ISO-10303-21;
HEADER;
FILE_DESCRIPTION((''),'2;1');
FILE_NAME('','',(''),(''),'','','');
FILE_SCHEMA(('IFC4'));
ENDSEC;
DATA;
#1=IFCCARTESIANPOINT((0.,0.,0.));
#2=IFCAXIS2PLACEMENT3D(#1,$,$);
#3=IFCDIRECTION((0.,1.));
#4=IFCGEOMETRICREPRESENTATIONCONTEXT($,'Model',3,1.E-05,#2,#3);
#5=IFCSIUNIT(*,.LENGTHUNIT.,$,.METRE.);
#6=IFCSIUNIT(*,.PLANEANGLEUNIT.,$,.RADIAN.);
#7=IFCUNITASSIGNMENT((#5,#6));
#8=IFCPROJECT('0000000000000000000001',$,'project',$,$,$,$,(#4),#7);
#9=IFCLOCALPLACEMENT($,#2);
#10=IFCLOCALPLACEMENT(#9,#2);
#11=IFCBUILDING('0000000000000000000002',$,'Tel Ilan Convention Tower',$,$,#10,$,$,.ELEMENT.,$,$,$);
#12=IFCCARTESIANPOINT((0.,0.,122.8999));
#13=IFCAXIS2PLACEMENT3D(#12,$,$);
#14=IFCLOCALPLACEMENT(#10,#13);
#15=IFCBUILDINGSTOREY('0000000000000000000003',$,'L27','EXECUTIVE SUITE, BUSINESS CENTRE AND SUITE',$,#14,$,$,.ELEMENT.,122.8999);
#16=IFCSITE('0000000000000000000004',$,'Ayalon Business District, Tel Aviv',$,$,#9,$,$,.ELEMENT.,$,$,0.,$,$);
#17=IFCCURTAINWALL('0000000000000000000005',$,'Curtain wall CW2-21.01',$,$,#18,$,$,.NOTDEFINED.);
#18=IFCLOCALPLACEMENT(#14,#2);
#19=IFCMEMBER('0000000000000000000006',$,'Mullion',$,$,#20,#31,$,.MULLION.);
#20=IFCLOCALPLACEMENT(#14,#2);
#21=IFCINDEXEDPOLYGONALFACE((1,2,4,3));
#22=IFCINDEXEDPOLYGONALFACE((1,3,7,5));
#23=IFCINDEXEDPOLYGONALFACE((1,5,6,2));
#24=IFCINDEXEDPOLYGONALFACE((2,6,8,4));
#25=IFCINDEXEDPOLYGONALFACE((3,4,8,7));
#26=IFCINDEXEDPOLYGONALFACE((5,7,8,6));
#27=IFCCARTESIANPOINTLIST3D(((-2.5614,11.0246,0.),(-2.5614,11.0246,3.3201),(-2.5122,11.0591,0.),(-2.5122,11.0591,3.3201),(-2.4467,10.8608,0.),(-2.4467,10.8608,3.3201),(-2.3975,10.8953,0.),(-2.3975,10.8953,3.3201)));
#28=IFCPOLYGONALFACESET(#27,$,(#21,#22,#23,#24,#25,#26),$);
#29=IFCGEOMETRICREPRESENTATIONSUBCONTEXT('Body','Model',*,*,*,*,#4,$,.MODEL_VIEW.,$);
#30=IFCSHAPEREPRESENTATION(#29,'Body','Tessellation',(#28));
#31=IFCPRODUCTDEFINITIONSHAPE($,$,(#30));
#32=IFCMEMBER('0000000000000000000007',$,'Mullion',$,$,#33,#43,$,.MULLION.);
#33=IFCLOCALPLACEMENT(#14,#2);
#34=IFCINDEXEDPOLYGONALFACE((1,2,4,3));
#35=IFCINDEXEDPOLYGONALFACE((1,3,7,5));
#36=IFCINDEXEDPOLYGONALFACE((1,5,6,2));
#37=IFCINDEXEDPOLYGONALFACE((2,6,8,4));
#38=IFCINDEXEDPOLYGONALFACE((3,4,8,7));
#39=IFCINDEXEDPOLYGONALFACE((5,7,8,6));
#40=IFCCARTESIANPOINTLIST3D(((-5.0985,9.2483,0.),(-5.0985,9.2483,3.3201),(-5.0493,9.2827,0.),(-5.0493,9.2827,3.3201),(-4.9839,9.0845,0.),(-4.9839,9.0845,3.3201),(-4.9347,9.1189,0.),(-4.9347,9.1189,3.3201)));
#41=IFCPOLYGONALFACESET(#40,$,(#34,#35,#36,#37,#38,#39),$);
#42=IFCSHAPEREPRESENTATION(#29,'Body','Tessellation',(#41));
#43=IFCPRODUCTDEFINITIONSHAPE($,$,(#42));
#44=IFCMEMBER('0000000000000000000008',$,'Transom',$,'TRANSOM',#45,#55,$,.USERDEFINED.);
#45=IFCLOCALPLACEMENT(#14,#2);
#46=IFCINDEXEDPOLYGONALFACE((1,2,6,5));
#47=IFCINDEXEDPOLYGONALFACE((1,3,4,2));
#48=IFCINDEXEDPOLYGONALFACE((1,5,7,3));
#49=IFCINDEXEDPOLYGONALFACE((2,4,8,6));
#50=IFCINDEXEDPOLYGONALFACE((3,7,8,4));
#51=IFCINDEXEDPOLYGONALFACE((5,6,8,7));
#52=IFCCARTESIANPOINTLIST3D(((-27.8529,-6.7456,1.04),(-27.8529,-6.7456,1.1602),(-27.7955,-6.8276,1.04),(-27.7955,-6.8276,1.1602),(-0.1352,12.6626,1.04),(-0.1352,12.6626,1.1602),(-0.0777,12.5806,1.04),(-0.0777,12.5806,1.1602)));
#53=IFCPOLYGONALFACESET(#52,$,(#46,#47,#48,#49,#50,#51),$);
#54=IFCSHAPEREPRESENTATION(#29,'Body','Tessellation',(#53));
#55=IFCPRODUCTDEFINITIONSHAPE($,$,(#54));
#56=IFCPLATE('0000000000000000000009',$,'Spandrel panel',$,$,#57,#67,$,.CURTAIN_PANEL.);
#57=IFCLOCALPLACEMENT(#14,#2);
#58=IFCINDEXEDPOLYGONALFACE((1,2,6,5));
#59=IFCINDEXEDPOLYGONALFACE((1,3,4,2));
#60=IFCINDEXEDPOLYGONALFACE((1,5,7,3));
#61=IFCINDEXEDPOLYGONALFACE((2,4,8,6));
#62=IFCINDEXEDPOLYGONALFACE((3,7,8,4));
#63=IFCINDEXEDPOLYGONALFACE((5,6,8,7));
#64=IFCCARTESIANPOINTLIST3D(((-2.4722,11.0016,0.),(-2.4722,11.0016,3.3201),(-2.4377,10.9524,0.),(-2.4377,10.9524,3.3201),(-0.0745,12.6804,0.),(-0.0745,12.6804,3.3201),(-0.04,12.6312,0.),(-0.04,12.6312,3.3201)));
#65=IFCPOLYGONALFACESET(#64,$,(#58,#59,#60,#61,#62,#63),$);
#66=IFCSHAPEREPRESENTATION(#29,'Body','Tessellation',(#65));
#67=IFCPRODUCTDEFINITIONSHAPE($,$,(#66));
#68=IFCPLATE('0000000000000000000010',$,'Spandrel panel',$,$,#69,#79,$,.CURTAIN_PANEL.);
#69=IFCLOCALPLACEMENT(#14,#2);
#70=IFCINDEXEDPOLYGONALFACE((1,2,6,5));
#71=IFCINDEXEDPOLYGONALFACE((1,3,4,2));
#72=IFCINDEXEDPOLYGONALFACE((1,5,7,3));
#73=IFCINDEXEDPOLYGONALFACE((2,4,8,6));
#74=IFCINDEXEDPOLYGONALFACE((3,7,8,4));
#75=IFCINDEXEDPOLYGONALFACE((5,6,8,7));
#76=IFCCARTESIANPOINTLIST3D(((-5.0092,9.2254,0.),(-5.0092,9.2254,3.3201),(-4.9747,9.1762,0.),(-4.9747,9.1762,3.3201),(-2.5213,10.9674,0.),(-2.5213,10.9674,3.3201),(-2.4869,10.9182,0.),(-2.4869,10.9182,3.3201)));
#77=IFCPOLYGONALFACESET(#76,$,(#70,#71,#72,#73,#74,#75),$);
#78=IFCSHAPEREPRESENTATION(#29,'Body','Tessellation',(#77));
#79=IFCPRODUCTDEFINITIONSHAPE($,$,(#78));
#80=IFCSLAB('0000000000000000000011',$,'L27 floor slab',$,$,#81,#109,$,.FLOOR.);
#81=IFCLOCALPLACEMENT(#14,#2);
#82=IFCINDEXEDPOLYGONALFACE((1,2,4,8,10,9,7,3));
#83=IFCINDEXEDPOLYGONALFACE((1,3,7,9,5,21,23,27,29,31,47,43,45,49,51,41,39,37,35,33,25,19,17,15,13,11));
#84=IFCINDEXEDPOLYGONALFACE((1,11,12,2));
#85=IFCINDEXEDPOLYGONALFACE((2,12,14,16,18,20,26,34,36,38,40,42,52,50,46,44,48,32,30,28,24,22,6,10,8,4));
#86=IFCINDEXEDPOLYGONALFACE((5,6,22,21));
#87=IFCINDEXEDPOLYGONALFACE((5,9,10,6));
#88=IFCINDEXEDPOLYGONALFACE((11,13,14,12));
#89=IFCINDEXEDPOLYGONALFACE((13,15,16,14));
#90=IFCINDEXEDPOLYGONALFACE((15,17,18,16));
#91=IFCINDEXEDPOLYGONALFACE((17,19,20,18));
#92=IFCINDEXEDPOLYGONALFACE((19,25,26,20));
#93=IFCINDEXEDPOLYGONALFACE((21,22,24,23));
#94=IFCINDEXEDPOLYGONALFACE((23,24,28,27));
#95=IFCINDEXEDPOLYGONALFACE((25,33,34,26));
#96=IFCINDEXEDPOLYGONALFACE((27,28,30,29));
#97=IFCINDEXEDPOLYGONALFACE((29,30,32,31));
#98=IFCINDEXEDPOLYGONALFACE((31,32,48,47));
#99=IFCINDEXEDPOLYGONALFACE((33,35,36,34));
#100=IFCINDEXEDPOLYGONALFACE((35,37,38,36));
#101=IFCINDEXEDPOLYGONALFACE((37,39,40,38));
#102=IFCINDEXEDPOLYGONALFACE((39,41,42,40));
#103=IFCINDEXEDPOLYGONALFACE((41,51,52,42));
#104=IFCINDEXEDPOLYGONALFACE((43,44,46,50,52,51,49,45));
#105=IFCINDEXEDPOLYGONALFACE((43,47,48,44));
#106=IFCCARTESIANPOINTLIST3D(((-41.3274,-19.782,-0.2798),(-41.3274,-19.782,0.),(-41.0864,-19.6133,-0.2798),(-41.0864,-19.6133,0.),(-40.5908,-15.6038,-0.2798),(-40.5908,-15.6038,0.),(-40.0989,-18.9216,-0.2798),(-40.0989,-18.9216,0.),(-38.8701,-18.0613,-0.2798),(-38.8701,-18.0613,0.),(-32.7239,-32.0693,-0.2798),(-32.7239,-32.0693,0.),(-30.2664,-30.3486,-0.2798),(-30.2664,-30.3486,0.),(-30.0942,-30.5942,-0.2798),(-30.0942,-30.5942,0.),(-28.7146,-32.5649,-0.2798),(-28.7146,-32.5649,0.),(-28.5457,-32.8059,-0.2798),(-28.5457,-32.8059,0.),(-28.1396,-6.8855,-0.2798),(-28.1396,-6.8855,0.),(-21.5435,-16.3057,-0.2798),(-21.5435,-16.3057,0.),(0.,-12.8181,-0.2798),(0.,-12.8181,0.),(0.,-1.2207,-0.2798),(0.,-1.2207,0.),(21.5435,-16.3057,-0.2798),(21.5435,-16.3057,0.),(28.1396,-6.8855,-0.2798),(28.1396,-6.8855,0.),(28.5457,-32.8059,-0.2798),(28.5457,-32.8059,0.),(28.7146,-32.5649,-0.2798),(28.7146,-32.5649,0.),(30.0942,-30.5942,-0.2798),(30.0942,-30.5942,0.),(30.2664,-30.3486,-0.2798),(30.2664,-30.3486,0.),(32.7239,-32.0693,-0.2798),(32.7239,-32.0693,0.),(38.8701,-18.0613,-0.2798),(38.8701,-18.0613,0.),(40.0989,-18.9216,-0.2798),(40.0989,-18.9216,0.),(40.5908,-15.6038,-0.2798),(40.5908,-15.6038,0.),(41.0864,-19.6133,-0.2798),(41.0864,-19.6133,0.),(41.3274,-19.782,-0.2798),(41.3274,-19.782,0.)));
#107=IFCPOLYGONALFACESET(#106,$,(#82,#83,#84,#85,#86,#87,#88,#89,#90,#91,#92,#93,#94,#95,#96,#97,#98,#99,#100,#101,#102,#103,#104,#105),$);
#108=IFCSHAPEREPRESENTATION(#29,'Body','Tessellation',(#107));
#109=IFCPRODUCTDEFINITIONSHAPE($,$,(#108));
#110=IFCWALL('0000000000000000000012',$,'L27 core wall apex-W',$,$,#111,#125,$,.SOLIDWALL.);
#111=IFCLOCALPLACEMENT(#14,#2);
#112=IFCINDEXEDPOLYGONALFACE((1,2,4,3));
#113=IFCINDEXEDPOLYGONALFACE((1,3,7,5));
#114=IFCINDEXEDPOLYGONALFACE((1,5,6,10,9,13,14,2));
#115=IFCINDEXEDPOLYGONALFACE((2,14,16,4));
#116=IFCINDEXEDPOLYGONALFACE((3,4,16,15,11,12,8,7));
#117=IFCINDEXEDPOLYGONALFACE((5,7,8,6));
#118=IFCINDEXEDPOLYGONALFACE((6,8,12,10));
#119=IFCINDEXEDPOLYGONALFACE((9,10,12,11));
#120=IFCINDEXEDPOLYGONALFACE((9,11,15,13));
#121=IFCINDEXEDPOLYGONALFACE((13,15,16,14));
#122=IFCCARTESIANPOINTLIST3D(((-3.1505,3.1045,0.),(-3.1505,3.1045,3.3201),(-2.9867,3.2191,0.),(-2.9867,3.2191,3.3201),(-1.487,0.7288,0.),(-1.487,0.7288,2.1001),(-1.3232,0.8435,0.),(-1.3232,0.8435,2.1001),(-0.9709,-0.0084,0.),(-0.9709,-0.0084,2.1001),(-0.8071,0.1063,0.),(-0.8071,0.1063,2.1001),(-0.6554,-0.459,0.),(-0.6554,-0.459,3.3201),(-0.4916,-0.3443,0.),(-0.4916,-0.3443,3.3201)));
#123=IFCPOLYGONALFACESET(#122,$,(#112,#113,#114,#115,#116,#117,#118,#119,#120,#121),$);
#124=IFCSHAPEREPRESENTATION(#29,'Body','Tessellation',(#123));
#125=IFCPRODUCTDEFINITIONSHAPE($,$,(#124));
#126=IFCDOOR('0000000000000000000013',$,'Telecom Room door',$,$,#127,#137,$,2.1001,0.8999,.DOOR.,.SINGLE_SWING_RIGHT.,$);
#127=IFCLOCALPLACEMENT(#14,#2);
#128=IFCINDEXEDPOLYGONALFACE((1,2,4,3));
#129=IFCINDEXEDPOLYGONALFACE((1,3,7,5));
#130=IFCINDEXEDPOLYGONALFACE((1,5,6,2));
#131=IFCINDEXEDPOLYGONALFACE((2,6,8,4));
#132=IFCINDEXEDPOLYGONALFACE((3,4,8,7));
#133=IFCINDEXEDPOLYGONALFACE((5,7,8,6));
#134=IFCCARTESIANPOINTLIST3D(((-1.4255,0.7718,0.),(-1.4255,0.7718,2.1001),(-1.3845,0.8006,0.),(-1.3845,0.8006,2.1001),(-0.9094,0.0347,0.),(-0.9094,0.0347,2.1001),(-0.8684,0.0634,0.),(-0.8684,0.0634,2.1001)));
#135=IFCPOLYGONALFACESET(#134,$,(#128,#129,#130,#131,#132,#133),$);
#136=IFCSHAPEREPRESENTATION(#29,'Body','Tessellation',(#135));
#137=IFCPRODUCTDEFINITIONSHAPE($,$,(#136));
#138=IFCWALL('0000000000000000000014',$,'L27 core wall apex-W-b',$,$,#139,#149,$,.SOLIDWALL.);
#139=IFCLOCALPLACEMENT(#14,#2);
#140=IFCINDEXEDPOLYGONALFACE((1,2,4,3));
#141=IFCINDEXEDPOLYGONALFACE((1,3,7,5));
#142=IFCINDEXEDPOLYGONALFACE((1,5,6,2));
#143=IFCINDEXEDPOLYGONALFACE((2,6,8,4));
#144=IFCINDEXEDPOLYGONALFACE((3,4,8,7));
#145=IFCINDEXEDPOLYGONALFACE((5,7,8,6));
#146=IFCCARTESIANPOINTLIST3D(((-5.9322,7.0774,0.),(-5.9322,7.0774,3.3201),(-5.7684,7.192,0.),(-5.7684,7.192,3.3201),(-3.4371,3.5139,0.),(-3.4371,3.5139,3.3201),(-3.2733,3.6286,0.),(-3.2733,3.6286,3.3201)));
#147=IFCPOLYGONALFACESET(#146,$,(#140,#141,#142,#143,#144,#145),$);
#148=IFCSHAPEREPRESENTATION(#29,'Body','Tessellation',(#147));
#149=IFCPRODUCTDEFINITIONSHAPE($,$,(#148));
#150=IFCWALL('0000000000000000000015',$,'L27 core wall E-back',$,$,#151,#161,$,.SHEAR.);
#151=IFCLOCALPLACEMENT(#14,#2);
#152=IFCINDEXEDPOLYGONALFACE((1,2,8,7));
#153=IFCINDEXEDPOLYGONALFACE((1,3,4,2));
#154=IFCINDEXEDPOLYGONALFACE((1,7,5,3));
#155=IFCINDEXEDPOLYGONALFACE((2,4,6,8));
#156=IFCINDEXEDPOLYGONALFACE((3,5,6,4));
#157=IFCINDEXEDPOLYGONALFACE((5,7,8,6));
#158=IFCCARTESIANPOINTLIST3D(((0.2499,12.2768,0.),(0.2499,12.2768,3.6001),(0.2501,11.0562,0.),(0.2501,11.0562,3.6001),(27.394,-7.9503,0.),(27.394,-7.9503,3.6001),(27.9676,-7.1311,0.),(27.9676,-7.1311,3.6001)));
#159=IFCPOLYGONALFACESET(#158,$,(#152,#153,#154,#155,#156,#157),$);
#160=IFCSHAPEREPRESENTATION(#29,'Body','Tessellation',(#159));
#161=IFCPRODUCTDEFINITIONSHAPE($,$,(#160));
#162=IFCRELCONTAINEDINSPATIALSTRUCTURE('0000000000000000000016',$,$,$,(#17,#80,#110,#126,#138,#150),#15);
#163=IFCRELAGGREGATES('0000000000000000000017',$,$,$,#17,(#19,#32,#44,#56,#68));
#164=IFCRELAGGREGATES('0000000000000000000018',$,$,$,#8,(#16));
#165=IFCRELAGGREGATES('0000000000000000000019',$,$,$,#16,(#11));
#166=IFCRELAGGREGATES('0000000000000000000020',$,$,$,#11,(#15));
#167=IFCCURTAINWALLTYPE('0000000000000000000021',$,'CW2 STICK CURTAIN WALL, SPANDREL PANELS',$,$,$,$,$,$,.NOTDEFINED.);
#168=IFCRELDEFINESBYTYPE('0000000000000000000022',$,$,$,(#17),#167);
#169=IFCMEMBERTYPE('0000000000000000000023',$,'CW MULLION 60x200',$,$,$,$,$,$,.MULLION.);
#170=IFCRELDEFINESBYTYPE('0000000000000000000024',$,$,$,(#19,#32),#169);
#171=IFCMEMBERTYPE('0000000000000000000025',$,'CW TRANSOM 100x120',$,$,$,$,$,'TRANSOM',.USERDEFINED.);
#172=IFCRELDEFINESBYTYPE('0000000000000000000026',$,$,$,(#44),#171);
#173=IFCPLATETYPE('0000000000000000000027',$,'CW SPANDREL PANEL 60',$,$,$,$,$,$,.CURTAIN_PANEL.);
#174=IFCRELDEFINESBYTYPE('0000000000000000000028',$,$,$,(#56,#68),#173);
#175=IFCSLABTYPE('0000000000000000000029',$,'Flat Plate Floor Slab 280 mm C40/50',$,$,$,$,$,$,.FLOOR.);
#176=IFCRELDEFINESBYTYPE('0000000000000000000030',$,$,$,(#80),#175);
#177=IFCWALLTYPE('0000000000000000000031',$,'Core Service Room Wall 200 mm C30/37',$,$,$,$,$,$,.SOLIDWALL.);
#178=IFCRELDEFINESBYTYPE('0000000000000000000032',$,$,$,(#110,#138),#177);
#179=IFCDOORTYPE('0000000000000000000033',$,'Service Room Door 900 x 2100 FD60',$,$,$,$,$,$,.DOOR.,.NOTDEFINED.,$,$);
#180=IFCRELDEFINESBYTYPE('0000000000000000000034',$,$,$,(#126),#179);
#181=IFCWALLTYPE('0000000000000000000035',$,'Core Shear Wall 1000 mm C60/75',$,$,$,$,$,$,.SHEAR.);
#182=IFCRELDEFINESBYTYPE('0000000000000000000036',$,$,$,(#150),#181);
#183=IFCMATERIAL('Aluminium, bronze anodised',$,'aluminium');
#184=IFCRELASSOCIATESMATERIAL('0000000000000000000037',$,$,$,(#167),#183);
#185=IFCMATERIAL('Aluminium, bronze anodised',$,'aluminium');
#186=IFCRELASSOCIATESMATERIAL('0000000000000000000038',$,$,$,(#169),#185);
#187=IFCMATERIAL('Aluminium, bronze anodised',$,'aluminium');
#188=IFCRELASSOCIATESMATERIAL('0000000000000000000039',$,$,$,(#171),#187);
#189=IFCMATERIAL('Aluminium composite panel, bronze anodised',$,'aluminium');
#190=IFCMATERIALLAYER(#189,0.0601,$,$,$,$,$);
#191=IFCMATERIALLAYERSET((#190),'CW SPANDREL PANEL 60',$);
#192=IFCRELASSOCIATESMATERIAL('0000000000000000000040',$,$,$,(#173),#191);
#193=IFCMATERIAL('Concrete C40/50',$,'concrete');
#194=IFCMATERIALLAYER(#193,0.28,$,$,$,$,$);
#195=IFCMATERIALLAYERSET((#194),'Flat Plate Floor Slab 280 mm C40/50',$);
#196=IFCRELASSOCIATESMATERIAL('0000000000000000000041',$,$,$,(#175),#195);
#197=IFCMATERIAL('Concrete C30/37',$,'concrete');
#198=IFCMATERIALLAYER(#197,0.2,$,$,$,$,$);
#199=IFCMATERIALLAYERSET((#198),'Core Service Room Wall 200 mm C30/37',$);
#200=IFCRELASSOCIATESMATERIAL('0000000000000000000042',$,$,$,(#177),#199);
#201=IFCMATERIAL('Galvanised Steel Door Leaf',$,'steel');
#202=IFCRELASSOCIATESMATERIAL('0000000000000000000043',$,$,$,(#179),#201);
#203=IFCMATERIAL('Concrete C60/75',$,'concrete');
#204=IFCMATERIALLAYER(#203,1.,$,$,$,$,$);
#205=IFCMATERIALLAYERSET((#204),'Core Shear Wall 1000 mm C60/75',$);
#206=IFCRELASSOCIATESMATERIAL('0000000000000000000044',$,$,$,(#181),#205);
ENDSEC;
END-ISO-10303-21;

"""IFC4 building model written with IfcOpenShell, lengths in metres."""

from ifc_helpers import new_model, si_unit, direction, frame, frame_2d, origin, origin_2d, place, context, subcontext, project, spatial, polyline, rectangle, outline, extrude, material, layer, layer_set, material_profile, profile_set, type_object, element, fill, aggregate, save


model = new_model("IFC4")

# Units and contexts
model_context = context("Model", 3, precision=1e-05, world=origin(), true_north=direction((0.0, 1.0)))
body_context = subcontext(model_context, "Body", "Model", "MODEL_VIEW")
ifc_project = project(units=[si_unit("LENGTHUNIT", "METRE"), si_unit("PLANEANGLEUNIT", "RADIAN")], contexts=[model_context])

# Site, building, storey
site_placement = place(None, origin())
site = spatial("IfcSite", under=ifc_project, at=site_placement, Name="Ayalon Business District, Tel Aviv", CompositionType="ELEMENT", RefElevation=0.0)
building_placement = place(site_placement, origin())
building = spatial("IfcBuilding", under=site, at=building_placement, Name="Tel Ilan Convention Tower", CompositionType="ELEMENT")
storey_placement = place(building_placement, frame((0.0, 0.0, 122.8999)))
storey = spatial("IfcBuildingStorey", under=building, at=storey_placement, Name="L27", Description="EXECUTIVE SUITE, BUSINESS CENTRE AND SUITE", CompositionType="ELEMENT", Elevation=122.8999)

# Curtain wall, members, plates
ifc_material_1 = material(Name="Aluminium, bronze anodised", Category="aluminium")
curtain_wall_type = type_object("IfcCurtainWallType", Name="CW2 STICK CURTAIN WALL, SPANDREL PANELS", PredefinedType="NOTDEFINED", material=ifc_material_1)
curtain_wall_placement = place(storey_placement, origin())
curtain_wall = element("IfcCurtainWall", 1, at=curtain_wall_placement, inside=storey, type_object=curtain_wall_type, Name="Curtain wall CW2-21.01", PredefinedType="NOTDEFINED")
ifc_material_2 = material(Name="Aluminium, bronze anodised", Category="aluminium")
ifc_material_profile_1 = material_profile(ifc_material_2, rectangle(XDim=0.0601, YDim=0.2, at=origin_2d()), Name="CW MULLION 60x200")
ifc_profile_set_1 = profile_set([ifc_material_profile_1], Name="Aluminium, bronze anodised")
member_type_1 = type_object("IfcMemberType", Name="CW MULLION 60x200", PredefinedType="MULLION", material=ifc_profile_set_1)
member_1_placement = place(storey_placement, frame((-2.4795, 10.96, 0.0), z_axis=(0.0, 0.0, 1.0), x_axis=(-0.819152, -0.573576, 0.0)))
member_1 = element("IfcMember", 2, at=member_1_placement, type_object=member_type_1, Name="Mullion", PredefinedType="MULLION", context=body_context, shape_type="SweptSolid", body=[
    extrude(rectangle(XDim=0.0601, YDim=0.2, at=origin_2d()), origin(), (0.0, 0.0, 1.0), 3.3201),
])
member_2_placement = place(storey_placement, frame((-5.0166, 9.1836, 0.0), z_axis=(0.0, 0.0, 1.0), x_axis=(-0.819152, -0.573576, 0.0)))
member_2 = element("IfcMember", 3, at=member_2_placement, type_object=member_type_1, Name="Mullion", PredefinedType="MULLION", context=body_context, shape_type="SweptSolid", body=[
    extrude(rectangle(XDim=0.0601, YDim=0.2, at=origin_2d()), origin(), (0.0, 0.0, 1.0), 3.3201),
])
ifc_material_3 = material(Name="Aluminium, bronze anodised", Category="aluminium")
ifc_material_profile_2 = material_profile(ifc_material_3, rectangle(XDim=0.1001, YDim=0.1201, at=origin_2d()), Name="CW TRANSOM 100x120")
ifc_profile_set_2 = profile_set([ifc_material_profile_2], Name="Aluminium, bronze anodised")
member_type_2 = type_object("IfcMemberType", Name="CW TRANSOM 100x120", ElementType="TRANSOM", PredefinedType="USERDEFINED", material=ifc_profile_set_2)
member_3_placement = place(storey_placement, frame((-0.1064, 12.6216, 1.1001), z_axis=(-0.819152, -0.573577, 0.0), x_axis=(0.573577, -0.819152, 0.0)))
member_3 = element("IfcMember", 4, at=member_3_placement, type_object=member_type_2, Name="Transom", ObjectType="TRANSOM", PredefinedType="USERDEFINED", context=body_context, shape_type="SweptSolid", body=[
    extrude(rectangle(XDim=0.1001, YDim=0.1201, at=origin_2d()), origin(), (0.0, 0.0, 1.0), 33.8372),
])
ifc_material_4 = material(Name="Aluminium composite panel, bronze anodised", Category="aluminium")
ifc_layer_1 = layer(ifc_material_4, 0.0601)
ifc_layer_set_1 = layer_set([ifc_layer_1], Name="CW SPANDREL PANEL 60")
plate_type = type_object("IfcPlateType", Name="CW SPANDREL PANEL 60", PredefinedType="CURTAIN_PANEL", material=ifc_layer_set_1)
plate_1_placement = place(storey_placement, frame((-1.2561, 11.8164, 0.0), z_axis=(0.0, 0.0, 1.0), x_axis=(-0.819152, -0.573576, 0.0)))
plate_1 = element("IfcPlate", 5, at=plate_1_placement, type_object=plate_type, Name="Spandrel panel", PredefinedType="CURTAIN_PANEL", context=body_context, shape_type="SweptSolid", body=[
    extrude(rectangle(XDim=2.927, YDim=0.0601, at=origin_2d()), origin(), (0.0, 0.0, 1.0), 3.3201),
])
plate_2_placement = place(storey_placement, frame((-3.748, 10.0718, 0.0), z_axis=(0.0, 0.0, 1.0), x_axis=(-0.819152, -0.573576, 0.0)))
plate_2 = element("IfcPlate", 6, at=plate_2_placement, type_object=plate_type, Name="Spandrel panel", PredefinedType="CURTAIN_PANEL", context=body_context, shape_type="SweptSolid", body=[
    extrude(rectangle(XDim=3.0371, YDim=0.0601, at=origin_2d()), origin(), (0.0, 0.0, 1.0), 3.3201),
])
aggregate(curtain_wall, [member_1, member_2, member_3, plate_1, plate_2])

# Slab
ifc_material_5 = material(Name="Concrete C40/50", Category="concrete")
ifc_layer_2 = layer(ifc_material_5, 0.28)
ifc_layer_set_2 = layer_set([ifc_layer_2], Name="Flat Plate Floor Slab 280 mm C40/50")
slab_type_1 = type_object("IfcSlabType", Name="Flat Plate Floor Slab 280 mm C40/50", PredefinedType="FLOOR", material=ifc_layer_set_2)
slab_1_placement = place(storey_placement, frame((0.0, 0.0, -0.2798)))
element("IfcSlab", 7, at=slab_1_placement, inside=storey, type_object=slab_type_1, Name="L27 floor slab", PredefinedType="FLOOR", context=body_context, shape_type="SweptSolid", body=[
    extrude(outline(polyline([(41.0864, -19.6133), (41.3274, -19.782), (32.7239, -32.0693), (30.2664, -30.3486), (30.0942, -30.5942), (28.7146, -32.5649), (28.5457, -32.8059), (0.0, -12.8181), (-28.5457, -32.8059), (-28.7146, -32.5649), (-30.0942, -30.5942), (-30.2664, -30.3486), (-32.7239, -32.0693), (-41.3274, -19.782), (-41.0864, -19.6133), (-40.0989, -18.9216), (-38.8701, -18.0613), (-40.5908, -15.6038), (-28.1396, -6.8855), (-21.5435, -16.3057), (0.0, -1.2207), (21.5435, -16.3057), (28.1396, -6.8855), (40.5908, -15.6038), (38.8701, -18.0613), (40.0989, -18.9216), (41.0864, -19.6133)])), origin(), (0.0, 0.0, 1.0), 0.2798),
])

# Wall, opening, door
ifc_material_6 = material(Name="Concrete C30/37", Category="concrete")
ifc_layer_3 = layer(ifc_material_6, 0.2)
ifc_layer_set_3 = layer_set([ifc_layer_3], Name="Core Service Room Wall 200 mm C30/37")
wall_type_1 = type_object("IfcWallType", Name="Core Service Room Wall 200 mm C30/37", PredefinedType="SOLIDWALL", material=ifc_layer_set_3)
wall_1_placement = place(storey_placement, frame((-0.5735, -0.4016, 0.0), z_axis=(0.0, 0.0, 1.0), x_axis=(-0.573568, 0.819158, 0.0)))
wall_1 = element("IfcWall", 8, at=wall_1_placement, inside=storey, type_object=wall_type_1, Name="L27 core wall apex-W", PredefinedType="SOLIDWALL", context=body_context, shape_type="SweptSolid", body=[
    extrude(rectangle(XDim=4.3501, YDim=0.2, at=frame_2d((2.175, 0.0))), origin(), (0.0, 0.0, 1.0), 3.3201),
])
opening_1_placement = place(wall_1_placement, frame((0.55, 0.0, 0.0)))
opening_1 = element("IfcOpeningElement", 9, at=opening_1_placement, cuts=wall_1, PredefinedType="OPENING", context=body_context, shape_type="SweptSolid", body=[
    extrude(rectangle(XDim=0.8999, YDim=2.1001, at=frame_2d((0.45, 1.05))), frame((0.0, 0.1099, 0.0), z_axis=(0.0, -1.0, 0.0), x_axis=(1.0, 0.0, 0.0)), (0.0, 0.0, 1.0), 0.22),
])
ifc_material_7 = material(Name="Galvanised Steel Door Leaf", Category="steel")
door_type_1 = type_object("IfcDoorType", Name="Service Room Door 900 x 2100 FD60", OperationType="NOTDEFINED", PredefinedType="DOOR", material=ifc_material_7)
door_1_placement = place(opening_1_placement, origin())
door_1 = element("IfcDoor", 10, at=door_1_placement, inside=storey, type_object=door_type_1, Name="Telecom Room door", OperationType="SINGLE_SWING_RIGHT", OverallHeight=2.1001, OverallWidth=0.8999, PredefinedType="DOOR", context=body_context, shape_type="SweptSolid", body=[
    extrude(rectangle(XDim=0.8999, YDim=2.1001, at=frame_2d((0.45, 1.05))), frame((0.0, 0.0249, 0.0), z_axis=(0.0, -1.0, 0.0), x_axis=(1.0, 0.0, 0.0)), (0.0, 0.0, 1.0), 0.05),
])
fill(opening_1, door_1)

# Walls
wall_2_placement = place(storey_placement, frame((-3.3552, 3.5713, 0.0), z_axis=(0.0, 0.0, 1.0), x_axis=(-0.573568, 0.819158, 0.0)))
element("IfcWall", 11, at=wall_2_placement, inside=storey, type_object=wall_type_1, Name="L27 core wall apex-W-b", PredefinedType="SOLIDWALL", context=body_context, shape_type="SweptSolid", body=[
    extrude(rectangle(XDim=4.3501, YDim=0.2, at=frame_2d((2.175, 0.0))), origin(), (0.0, 0.0, 1.0), 3.3201),
])
ifc_material_8 = material(Name="Concrete C60/75", Category="concrete")
ifc_layer_4 = layer(ifc_material_8, 1.0)
ifc_layer_set_4 = layer_set([ifc_layer_4], Name="Core Shear Wall 1000 mm C60/75")
wall_type_2 = type_object("IfcWallType", Name="Core Shear Wall 1000 mm C60/75", PredefinedType="SHEAR", material=ifc_layer_set_4)
wall_3_placement = place(storey_placement, frame((-0.0369, 11.8672, 0.0), z_axis=(0.0, 0.0, 1.0), x_axis=(0.819155, -0.573572, 0.0)))
element("IfcWall", 12, at=wall_3_placement, inside=storey, type_object=wall_type_2, Name="L27 core wall E-back", PredefinedType="SHEAR", context=body_context, shape_type="SweptSolid", body=[
    extrude(outline(polyline([(33.8369, 0.5), (0.0, 0.5), (0.7002, -0.4998), (33.8369, -0.5), (33.8369, 0.5)])), origin(), (0.0, 0.0, 1.0), 3.6001),
])

save(model, "model.ifc")
